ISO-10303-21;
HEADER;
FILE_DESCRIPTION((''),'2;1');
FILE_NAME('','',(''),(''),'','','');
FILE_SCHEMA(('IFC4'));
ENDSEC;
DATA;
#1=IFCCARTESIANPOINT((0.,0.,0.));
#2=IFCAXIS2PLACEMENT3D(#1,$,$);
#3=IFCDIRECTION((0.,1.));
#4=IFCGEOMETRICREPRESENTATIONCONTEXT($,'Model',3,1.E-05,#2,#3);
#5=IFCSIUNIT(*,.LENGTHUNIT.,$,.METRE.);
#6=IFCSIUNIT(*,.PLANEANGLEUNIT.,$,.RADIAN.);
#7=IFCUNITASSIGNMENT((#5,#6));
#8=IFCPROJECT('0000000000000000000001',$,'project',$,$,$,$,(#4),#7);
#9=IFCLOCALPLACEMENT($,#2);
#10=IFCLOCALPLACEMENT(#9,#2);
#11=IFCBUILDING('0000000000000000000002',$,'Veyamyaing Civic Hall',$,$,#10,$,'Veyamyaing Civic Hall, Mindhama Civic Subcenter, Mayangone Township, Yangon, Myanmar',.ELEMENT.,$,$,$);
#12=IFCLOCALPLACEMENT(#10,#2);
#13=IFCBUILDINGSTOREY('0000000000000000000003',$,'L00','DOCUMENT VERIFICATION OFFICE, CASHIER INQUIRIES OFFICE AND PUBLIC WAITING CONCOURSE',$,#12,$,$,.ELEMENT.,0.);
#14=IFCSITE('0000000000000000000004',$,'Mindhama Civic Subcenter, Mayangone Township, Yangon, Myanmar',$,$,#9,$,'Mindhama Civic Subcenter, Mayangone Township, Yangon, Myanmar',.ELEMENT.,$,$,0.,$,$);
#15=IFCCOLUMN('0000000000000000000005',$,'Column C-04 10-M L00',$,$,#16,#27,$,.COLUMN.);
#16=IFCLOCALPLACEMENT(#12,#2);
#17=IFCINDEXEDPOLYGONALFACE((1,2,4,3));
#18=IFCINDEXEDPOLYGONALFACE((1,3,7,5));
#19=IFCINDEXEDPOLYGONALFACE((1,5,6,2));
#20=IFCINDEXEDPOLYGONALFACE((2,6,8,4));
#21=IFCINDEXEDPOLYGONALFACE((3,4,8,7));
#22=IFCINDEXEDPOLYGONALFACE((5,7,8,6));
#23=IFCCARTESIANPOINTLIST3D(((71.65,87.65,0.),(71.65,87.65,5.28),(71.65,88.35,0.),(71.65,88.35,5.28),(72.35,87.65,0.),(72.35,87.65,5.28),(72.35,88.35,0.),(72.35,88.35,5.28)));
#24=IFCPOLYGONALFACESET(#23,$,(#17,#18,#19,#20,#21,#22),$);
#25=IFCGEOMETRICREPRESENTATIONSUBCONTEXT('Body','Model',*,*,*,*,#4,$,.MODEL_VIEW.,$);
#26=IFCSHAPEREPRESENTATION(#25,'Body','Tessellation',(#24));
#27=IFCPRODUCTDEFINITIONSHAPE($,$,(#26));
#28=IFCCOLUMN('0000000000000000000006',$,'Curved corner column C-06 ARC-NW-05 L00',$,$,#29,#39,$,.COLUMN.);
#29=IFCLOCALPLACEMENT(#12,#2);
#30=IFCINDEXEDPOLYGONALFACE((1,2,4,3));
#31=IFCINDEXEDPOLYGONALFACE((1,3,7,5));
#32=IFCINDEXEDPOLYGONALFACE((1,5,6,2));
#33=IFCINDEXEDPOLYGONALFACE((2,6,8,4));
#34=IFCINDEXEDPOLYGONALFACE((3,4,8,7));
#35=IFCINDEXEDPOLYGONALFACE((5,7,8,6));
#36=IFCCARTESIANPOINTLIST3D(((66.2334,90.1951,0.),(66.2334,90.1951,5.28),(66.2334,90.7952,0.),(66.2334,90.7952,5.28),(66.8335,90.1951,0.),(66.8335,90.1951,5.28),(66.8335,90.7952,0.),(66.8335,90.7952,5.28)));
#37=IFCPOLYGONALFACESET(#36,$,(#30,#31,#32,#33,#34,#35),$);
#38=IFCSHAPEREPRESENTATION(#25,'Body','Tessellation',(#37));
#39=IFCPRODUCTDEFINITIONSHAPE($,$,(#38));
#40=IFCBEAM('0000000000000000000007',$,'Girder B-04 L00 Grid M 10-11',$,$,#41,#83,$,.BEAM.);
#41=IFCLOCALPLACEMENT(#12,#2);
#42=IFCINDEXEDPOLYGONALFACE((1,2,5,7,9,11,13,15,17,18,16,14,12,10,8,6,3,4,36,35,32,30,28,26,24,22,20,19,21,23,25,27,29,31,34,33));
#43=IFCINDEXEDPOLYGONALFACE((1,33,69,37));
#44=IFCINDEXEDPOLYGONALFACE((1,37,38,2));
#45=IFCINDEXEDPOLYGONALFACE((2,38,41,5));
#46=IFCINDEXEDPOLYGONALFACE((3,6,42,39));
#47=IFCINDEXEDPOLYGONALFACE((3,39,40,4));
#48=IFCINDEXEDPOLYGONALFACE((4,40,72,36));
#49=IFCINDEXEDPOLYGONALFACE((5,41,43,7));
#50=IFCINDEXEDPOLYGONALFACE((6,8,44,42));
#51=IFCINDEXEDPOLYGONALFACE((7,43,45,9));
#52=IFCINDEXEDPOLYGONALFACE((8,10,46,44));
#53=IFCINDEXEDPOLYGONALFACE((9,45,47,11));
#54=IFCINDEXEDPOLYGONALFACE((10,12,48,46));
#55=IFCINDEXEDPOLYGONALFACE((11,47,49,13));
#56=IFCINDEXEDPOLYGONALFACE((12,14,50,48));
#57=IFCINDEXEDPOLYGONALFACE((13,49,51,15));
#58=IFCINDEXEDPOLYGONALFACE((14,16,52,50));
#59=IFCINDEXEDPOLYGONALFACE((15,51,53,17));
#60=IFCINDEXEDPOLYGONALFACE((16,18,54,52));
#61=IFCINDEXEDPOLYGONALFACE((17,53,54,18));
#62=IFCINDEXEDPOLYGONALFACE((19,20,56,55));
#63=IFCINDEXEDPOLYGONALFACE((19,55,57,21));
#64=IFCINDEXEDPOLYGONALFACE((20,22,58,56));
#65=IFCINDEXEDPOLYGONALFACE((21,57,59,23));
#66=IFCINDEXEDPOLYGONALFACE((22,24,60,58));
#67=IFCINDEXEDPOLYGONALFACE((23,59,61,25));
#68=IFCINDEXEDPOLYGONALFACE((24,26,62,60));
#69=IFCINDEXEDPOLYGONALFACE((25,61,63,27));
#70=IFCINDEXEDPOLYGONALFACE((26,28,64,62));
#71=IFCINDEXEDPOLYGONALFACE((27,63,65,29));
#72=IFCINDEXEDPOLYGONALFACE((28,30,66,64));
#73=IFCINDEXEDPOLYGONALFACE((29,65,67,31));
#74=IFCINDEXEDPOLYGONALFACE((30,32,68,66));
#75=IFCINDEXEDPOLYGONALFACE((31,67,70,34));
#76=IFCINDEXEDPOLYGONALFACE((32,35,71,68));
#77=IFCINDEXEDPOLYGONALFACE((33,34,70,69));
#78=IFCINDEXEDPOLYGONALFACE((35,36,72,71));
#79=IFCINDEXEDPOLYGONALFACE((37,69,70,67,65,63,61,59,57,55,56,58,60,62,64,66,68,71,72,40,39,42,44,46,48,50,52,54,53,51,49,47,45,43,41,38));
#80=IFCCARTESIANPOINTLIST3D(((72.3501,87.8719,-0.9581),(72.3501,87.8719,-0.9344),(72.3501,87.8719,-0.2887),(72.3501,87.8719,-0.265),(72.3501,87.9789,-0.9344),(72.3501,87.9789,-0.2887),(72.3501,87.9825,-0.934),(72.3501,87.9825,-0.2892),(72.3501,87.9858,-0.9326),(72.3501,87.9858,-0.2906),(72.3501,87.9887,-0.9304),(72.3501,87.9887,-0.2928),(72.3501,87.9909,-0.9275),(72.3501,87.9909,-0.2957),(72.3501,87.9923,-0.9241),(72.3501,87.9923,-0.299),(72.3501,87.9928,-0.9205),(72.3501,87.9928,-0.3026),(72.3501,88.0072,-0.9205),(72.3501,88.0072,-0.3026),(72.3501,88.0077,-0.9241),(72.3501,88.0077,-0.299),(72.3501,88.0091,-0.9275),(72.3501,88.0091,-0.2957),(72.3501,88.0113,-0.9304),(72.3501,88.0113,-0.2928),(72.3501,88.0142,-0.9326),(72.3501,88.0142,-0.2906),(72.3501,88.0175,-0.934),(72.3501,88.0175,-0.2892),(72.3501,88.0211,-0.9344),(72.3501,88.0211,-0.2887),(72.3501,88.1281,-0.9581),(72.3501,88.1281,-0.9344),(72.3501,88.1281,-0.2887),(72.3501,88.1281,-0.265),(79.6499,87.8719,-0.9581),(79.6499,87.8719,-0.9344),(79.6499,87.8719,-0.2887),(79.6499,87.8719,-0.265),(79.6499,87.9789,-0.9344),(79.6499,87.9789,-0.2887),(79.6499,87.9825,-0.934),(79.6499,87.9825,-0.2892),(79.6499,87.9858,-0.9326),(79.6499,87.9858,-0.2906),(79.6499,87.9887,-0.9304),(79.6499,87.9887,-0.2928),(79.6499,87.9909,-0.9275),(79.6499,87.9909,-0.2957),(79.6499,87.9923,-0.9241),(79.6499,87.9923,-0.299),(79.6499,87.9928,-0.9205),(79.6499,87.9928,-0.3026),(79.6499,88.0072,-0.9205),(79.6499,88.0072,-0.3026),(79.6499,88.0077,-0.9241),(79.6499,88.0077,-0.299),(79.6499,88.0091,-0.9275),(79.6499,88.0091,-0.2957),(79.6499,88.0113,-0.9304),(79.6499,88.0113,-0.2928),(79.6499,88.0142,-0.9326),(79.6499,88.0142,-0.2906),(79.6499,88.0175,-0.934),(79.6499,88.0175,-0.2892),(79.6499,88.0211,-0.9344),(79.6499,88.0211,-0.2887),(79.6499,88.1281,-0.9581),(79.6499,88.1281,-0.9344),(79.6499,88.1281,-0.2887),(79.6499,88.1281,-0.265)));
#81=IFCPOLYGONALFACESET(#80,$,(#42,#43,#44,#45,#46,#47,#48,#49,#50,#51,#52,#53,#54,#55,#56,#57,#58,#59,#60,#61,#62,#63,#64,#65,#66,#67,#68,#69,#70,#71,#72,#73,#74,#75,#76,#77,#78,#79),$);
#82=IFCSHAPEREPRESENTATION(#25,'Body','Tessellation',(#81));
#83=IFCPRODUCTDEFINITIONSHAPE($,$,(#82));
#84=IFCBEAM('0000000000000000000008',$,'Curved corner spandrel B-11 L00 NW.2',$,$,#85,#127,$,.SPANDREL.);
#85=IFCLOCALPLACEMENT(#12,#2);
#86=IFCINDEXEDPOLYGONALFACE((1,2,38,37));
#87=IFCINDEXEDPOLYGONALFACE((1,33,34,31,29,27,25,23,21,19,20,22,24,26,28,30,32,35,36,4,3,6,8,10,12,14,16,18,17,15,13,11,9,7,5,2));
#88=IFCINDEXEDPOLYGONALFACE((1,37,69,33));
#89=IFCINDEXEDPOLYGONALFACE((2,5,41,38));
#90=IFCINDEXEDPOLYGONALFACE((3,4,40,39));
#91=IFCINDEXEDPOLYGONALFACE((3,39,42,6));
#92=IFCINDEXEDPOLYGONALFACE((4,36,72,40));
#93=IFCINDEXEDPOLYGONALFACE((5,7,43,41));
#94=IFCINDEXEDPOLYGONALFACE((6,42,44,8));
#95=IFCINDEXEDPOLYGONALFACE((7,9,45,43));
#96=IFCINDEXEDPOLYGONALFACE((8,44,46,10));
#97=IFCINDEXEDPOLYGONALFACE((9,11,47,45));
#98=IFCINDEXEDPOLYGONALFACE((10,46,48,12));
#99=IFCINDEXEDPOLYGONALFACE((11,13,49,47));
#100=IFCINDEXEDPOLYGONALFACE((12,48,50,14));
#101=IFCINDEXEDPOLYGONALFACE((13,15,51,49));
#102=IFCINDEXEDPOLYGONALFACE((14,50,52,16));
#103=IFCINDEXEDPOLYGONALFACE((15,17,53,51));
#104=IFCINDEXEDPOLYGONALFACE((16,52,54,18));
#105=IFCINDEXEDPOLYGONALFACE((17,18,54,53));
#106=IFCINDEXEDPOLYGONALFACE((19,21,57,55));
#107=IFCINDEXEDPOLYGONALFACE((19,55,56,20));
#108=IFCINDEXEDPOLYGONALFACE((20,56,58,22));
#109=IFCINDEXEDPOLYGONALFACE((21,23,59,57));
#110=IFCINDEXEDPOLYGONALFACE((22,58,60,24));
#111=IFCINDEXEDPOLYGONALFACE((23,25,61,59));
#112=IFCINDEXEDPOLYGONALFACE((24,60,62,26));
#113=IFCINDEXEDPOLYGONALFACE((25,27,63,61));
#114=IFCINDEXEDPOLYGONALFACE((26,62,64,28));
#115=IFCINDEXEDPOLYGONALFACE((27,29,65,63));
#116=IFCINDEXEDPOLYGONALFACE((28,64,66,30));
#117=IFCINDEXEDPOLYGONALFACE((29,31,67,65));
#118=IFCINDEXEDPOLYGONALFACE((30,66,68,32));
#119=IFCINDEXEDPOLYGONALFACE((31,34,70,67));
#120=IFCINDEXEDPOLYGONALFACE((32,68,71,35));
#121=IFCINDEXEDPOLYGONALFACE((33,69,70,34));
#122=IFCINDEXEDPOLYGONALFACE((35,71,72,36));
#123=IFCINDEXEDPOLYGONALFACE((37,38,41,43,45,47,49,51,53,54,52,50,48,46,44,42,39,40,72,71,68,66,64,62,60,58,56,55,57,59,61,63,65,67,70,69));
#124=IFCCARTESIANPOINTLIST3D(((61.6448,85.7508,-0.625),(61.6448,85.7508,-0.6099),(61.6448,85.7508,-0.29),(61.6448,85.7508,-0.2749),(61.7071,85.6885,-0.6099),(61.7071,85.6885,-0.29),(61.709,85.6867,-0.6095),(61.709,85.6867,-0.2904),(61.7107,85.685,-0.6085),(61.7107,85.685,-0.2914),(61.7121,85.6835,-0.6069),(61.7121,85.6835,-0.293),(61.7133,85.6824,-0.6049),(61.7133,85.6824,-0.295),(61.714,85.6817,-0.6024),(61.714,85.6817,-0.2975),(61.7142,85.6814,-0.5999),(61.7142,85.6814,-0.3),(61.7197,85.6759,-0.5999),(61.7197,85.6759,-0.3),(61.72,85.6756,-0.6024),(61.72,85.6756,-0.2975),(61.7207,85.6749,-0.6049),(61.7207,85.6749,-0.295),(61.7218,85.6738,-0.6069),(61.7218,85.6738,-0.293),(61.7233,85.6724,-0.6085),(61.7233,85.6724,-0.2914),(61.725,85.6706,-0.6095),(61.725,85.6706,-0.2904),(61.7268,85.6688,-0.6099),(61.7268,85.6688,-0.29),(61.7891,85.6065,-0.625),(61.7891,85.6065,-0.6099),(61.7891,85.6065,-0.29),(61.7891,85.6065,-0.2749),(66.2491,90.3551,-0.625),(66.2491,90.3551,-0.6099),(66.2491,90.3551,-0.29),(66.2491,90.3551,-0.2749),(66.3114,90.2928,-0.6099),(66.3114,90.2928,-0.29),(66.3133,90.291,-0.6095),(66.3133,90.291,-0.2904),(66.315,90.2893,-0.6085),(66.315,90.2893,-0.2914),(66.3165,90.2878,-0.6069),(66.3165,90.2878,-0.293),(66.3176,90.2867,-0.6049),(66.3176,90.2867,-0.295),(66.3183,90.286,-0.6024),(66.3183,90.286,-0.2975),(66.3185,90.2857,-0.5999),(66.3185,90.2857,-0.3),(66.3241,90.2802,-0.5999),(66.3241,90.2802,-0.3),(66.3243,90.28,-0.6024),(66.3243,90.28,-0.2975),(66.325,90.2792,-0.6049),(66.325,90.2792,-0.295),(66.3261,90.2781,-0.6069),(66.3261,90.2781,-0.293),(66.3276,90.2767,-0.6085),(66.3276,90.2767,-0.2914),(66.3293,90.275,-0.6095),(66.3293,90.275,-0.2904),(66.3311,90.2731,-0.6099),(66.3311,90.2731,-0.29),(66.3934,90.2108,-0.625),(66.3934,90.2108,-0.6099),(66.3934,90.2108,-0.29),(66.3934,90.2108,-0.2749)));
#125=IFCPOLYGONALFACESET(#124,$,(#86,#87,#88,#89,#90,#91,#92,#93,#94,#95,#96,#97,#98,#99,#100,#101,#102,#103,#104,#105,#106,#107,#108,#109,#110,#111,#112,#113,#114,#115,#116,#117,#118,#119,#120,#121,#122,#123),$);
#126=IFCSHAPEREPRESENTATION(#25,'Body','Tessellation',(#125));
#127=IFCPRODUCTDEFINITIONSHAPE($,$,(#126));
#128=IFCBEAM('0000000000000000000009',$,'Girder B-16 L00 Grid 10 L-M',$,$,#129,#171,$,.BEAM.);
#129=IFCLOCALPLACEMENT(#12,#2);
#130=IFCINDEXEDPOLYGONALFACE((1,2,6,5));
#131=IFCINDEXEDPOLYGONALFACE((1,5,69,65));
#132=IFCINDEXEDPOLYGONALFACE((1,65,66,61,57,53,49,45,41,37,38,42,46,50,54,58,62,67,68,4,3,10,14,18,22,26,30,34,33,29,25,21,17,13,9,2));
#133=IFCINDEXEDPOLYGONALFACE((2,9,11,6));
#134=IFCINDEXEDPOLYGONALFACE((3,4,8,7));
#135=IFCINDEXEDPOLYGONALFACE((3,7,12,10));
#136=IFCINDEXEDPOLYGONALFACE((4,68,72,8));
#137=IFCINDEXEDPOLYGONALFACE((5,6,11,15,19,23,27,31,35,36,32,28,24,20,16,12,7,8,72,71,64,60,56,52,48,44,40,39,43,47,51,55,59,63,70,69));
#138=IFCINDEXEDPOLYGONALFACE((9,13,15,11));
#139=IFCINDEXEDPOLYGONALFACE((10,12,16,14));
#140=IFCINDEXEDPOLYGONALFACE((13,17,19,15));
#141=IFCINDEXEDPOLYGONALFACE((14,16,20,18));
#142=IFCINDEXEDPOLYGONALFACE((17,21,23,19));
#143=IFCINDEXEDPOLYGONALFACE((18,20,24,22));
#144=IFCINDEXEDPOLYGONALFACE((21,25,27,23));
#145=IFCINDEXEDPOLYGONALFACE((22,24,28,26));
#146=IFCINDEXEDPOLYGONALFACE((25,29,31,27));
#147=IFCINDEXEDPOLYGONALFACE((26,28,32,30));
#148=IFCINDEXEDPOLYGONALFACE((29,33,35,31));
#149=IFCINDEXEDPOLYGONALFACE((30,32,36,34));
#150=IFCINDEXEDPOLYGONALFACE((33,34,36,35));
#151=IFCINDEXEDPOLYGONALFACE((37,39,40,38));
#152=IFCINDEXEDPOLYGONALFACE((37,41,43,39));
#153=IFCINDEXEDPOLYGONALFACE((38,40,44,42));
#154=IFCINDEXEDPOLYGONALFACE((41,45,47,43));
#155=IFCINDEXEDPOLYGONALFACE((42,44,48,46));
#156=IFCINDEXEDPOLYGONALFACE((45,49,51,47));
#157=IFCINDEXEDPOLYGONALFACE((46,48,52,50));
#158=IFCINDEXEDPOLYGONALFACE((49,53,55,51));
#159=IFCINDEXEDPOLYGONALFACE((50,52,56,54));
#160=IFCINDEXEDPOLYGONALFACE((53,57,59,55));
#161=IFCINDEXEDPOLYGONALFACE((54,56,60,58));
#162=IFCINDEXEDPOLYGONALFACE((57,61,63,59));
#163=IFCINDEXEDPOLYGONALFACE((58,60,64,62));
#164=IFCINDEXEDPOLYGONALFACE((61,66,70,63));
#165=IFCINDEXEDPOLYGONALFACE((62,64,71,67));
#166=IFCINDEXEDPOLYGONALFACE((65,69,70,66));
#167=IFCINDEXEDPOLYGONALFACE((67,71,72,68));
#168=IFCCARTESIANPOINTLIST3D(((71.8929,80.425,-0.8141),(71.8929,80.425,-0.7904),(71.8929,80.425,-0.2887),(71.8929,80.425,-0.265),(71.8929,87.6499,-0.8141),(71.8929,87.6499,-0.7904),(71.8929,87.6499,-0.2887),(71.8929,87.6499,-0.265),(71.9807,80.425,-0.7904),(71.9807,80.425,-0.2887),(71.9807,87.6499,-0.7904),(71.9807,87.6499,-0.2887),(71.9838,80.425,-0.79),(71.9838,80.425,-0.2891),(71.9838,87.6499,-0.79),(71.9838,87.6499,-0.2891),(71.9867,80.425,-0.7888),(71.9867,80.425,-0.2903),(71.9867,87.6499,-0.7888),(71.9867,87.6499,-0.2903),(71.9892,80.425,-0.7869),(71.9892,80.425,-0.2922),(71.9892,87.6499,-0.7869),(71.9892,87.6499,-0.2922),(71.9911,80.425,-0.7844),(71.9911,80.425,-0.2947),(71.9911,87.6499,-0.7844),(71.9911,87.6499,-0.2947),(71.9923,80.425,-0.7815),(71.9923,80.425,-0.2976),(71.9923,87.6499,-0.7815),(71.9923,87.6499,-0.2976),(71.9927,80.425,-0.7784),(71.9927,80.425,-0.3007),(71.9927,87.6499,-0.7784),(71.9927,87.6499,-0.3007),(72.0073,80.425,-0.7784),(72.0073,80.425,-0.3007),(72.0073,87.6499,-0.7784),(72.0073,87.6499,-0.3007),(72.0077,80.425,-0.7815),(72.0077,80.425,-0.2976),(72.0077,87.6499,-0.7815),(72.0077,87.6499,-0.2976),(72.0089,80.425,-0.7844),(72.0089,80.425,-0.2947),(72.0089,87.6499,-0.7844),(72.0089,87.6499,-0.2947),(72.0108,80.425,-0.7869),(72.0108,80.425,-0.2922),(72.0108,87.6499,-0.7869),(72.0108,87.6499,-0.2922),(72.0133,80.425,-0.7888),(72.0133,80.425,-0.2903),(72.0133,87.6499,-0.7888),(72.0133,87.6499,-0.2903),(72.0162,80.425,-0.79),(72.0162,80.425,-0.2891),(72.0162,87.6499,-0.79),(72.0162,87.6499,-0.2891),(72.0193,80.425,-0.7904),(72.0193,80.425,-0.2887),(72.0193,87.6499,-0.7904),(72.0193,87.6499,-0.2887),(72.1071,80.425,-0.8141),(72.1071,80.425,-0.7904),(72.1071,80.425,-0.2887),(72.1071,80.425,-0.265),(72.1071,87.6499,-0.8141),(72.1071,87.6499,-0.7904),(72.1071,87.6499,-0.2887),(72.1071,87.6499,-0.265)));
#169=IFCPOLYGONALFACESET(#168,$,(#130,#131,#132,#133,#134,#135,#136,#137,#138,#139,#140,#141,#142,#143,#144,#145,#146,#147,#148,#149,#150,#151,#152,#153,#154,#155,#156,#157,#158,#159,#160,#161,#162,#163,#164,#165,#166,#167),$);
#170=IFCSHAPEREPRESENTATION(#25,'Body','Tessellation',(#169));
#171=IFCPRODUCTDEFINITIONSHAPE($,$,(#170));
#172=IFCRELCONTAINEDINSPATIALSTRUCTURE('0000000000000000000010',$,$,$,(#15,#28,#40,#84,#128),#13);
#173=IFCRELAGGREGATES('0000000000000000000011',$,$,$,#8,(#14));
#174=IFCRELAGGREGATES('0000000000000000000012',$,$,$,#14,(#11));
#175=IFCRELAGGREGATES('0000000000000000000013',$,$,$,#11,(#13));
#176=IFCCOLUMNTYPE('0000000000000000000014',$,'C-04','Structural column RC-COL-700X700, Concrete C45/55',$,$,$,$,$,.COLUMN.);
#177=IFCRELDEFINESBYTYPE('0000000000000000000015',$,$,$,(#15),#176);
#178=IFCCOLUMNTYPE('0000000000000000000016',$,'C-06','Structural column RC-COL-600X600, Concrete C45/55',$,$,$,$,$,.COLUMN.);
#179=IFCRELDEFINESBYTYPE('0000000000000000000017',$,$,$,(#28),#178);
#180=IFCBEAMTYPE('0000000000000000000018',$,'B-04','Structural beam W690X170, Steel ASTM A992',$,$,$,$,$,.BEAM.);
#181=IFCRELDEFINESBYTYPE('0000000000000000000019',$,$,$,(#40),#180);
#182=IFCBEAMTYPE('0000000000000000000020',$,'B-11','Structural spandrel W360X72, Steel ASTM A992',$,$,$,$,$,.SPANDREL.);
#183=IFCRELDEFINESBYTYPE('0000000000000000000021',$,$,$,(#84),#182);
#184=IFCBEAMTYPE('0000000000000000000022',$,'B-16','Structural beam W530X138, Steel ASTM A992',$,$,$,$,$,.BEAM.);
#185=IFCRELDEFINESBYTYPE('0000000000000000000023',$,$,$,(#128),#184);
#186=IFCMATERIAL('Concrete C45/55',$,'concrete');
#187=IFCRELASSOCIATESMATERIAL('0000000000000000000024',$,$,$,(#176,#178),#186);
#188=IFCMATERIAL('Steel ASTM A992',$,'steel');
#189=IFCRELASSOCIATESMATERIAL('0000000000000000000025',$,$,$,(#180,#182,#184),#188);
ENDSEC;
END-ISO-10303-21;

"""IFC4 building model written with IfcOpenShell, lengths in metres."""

from ifc_helpers import new_model, si_unit, direction, frame, origin, origin_2d, place, context, subcontext, project, spatial, rectangle, i_section, extrude, material, material_profile, profile_set, type_object, element, save


model = new_model("IFC4")

# Units and contexts
model_context = context("Model", 3, precision=1e-05, world=origin(), true_north=direction((0.0, 1.0)))
body_context = subcontext(model_context, "Body", "Model", "MODEL_VIEW")
ifc_project = project(units=[si_unit("LENGTHUNIT", "METRE"), si_unit("PLANEANGLEUNIT", "RADIAN")], contexts=[model_context])

# Site, building, storey
site_placement = place(None, origin())
site = spatial("IfcSite", under=ifc_project, at=site_placement, Name="Mindhama Civic Subcenter, Mayangone Township, Yangon, Myanmar", LongName="Mindhama Civic Subcenter, Mayangone Township, Yangon, Myanmar", CompositionType="ELEMENT", RefElevation=0.0)
building_placement = place(site_placement, origin())
building = spatial("IfcBuilding", under=site, at=building_placement, Name="Veyamyaing Civic Hall", LongName="Veyamyaing Civic Hall, Mindhama Civic Subcenter, Mayangone Township, Yangon, Myanmar", CompositionType="ELEMENT")
storey_placement = place(building_placement, origin())
storey = spatial("IfcBuildingStorey", under=building, at=storey_placement, Name="L00", Description="DOCUMENT VERIFICATION OFFICE, CASHIER INQUIRIES OFFICE AND PUBLIC WAITING CONCOURSE", CompositionType="ELEMENT", Elevation=0.0)

# Columns
ifc_material_1 = material(Name="Concrete C45/55", Category="concrete")
ifc_material_profile_1 = material_profile(ifc_material_1, rectangle(XDim=0.7, YDim=0.7, at=origin_2d()), Name="RC-COL-700X700")
ifc_profile_set_1 = profile_set([ifc_material_profile_1], Name="Concrete C45/55")
column_type_1 = type_object("IfcColumnType", Name="C-04", Description="Structural column RC-COL-700X700, Concrete C45/55", PredefinedType="COLUMN", material=ifc_profile_set_1)
column_1_placement = place(storey_placement, frame((72.0, 88.0, 0.0), z_axis=(0.0, 0.0, 1.0), x_axis=(1.0, 0.0, 0.0)))
element("IfcColumn", 1, at=column_1_placement, inside=storey, type_object=column_type_1, Name="Column C-04 10-M L00", PredefinedType="COLUMN", context=body_context, shape_type="SweptSolid", body=[
    extrude(rectangle(XDim=0.7, YDim=0.7, at=origin_2d()), origin(), (0.0, 0.0, 1.0), 5.28),
])
ifc_material_profile_2 = material_profile(ifc_material_1, rectangle(XDim=0.6001, YDim=0.6001, at=origin_2d()), Name="RC-COL-600X600")
ifc_profile_set_2 = profile_set([ifc_material_profile_2], Name="Concrete C45/55")
column_type_2 = type_object("IfcColumnType", Name="C-06", Description="Structural column RC-COL-600X600, Concrete C45/55", PredefinedType="COLUMN", material=ifc_profile_set_2)
column_2_placement = place(storey_placement, frame((66.5334, 90.4951, 0.0), z_axis=(0.0, 0.0, 1.0), x_axis=(1.0, 0.0, 0.0)))
element("IfcColumn", 2, at=column_2_placement, inside=storey, type_object=column_type_2, Name="Curved corner column C-06 ARC-NW-05 L00", PredefinedType="COLUMN", context=body_context, shape_type="SweptSolid", body=[
    extrude(rectangle(XDim=0.6001, YDim=0.6001, at=origin_2d()), origin(), (0.0, 0.0, 1.0), 5.28),
])

# Beams
ifc_material_2 = material(Name="Steel ASTM A992", Category="steel")
ifc_material_profile_3 = material_profile(ifc_material_2, i_section(OverallWidth=0.2561, OverallDepth=0.6931, WebThickness=0.0144, FlangeThickness=0.0237, FilletRadius=0.0139, at=origin_2d()), Name="W690X170")
ifc_profile_set_3 = profile_set([ifc_material_profile_3], Name="Steel ASTM A992")
beam_type_1 = type_object("IfcBeamType", Name="B-04", Description="Structural beam W690X170, Steel ASTM A992", PredefinedType="BEAM", material=ifc_profile_set_3)
beam_1_placement = place(storey_placement, frame((72.3501, 88.0, -0.6116), z_axis=(1.0, 0.0, 0.0), x_axis=(0.0, 1.0, 0.0)))
element("IfcBeam", 3, at=beam_1_placement, inside=storey, type_object=beam_type_1, Name="Girder B-04 L00 Grid M 10-11", PredefinedType="BEAM", context=body_context, shape_type="SweptSolid", body=[
    extrude(i_section(OverallWidth=0.2561, OverallDepth=0.6931, WebThickness=0.0144, FlangeThickness=0.0237, FilletRadius=0.0139, at=origin_2d()), origin(), (0.0, 0.0, 1.0), 7.2998),
])
ifc_material_profile_4 = material_profile(ifc_material_2, i_section(OverallWidth=0.2041, OverallDepth=0.3501, WebThickness=0.0078, FlangeThickness=0.0151, FilletRadius=0.01, at=origin_2d()), Name="W360X72")
ifc_profile_set_4 = profile_set([ifc_material_profile_4], Name="Steel ASTM A992")
beam_type_2 = type_object("IfcBeamType", Name="B-11", Description="Structural spandrel W360X72, Steel ASTM A992", PredefinedType="SPANDREL", material=ifc_profile_set_4)
beam_2_placement = place(storey_placement, frame((66.3213, 90.283, -0.45), z_axis=(-0.707107, -0.707107, 0.0), x_axis=(0.707107, -0.707107, 0.0)))
element("IfcBeam", 4, at=beam_2_placement, inside=storey, type_object=beam_type_2, Name="Curved corner spandrel B-11 L00 NW.2", PredefinedType="SPANDREL", context=body_context, shape_type="SweptSolid", body=[
    extrude(i_section(OverallWidth=0.2041, OverallDepth=0.3501, WebThickness=0.0078, FlangeThickness=0.0151, FilletRadius=0.01, at=origin_2d()), origin(), (0.0, 0.0, 1.0), 6.5115),
])
ifc_material_profile_5 = material_profile(ifc_material_2, i_section(OverallWidth=0.2141, OverallDepth=0.5491, WebThickness=0.0146, FlangeThickness=0.0237, FilletRadius=0.012, at=origin_2d()), Name="W530X138")
ifc_profile_set_5 = profile_set([ifc_material_profile_5], Name="Steel ASTM A992")
beam_type_3 = type_object("IfcBeamType", Name="B-16", Description="Structural beam W530X138, Steel ASTM A992", PredefinedType="BEAM", material=ifc_profile_set_5)
beam_3_placement = place(storey_placement, frame((72.0, 80.425, -0.5396), z_axis=(0.0, 1.0, 0.0), x_axis=(-1.0, 0.0, 0.0)))
element("IfcBeam", 5, at=beam_3_placement, inside=storey, type_object=beam_type_3, Name="Girder B-16 L00 Grid 10 L-M", PredefinedType="BEAM", context=body_context, shape_type="SweptSolid", body=[
    extrude(i_section(OverallWidth=0.2141, OverallDepth=0.5491, WebThickness=0.0146, FlangeThickness=0.0237, FilletRadius=0.012, at=origin_2d()), origin(), (0.0, 0.0, 1.0), 7.2249),
])

save(model, "model.ifc")
